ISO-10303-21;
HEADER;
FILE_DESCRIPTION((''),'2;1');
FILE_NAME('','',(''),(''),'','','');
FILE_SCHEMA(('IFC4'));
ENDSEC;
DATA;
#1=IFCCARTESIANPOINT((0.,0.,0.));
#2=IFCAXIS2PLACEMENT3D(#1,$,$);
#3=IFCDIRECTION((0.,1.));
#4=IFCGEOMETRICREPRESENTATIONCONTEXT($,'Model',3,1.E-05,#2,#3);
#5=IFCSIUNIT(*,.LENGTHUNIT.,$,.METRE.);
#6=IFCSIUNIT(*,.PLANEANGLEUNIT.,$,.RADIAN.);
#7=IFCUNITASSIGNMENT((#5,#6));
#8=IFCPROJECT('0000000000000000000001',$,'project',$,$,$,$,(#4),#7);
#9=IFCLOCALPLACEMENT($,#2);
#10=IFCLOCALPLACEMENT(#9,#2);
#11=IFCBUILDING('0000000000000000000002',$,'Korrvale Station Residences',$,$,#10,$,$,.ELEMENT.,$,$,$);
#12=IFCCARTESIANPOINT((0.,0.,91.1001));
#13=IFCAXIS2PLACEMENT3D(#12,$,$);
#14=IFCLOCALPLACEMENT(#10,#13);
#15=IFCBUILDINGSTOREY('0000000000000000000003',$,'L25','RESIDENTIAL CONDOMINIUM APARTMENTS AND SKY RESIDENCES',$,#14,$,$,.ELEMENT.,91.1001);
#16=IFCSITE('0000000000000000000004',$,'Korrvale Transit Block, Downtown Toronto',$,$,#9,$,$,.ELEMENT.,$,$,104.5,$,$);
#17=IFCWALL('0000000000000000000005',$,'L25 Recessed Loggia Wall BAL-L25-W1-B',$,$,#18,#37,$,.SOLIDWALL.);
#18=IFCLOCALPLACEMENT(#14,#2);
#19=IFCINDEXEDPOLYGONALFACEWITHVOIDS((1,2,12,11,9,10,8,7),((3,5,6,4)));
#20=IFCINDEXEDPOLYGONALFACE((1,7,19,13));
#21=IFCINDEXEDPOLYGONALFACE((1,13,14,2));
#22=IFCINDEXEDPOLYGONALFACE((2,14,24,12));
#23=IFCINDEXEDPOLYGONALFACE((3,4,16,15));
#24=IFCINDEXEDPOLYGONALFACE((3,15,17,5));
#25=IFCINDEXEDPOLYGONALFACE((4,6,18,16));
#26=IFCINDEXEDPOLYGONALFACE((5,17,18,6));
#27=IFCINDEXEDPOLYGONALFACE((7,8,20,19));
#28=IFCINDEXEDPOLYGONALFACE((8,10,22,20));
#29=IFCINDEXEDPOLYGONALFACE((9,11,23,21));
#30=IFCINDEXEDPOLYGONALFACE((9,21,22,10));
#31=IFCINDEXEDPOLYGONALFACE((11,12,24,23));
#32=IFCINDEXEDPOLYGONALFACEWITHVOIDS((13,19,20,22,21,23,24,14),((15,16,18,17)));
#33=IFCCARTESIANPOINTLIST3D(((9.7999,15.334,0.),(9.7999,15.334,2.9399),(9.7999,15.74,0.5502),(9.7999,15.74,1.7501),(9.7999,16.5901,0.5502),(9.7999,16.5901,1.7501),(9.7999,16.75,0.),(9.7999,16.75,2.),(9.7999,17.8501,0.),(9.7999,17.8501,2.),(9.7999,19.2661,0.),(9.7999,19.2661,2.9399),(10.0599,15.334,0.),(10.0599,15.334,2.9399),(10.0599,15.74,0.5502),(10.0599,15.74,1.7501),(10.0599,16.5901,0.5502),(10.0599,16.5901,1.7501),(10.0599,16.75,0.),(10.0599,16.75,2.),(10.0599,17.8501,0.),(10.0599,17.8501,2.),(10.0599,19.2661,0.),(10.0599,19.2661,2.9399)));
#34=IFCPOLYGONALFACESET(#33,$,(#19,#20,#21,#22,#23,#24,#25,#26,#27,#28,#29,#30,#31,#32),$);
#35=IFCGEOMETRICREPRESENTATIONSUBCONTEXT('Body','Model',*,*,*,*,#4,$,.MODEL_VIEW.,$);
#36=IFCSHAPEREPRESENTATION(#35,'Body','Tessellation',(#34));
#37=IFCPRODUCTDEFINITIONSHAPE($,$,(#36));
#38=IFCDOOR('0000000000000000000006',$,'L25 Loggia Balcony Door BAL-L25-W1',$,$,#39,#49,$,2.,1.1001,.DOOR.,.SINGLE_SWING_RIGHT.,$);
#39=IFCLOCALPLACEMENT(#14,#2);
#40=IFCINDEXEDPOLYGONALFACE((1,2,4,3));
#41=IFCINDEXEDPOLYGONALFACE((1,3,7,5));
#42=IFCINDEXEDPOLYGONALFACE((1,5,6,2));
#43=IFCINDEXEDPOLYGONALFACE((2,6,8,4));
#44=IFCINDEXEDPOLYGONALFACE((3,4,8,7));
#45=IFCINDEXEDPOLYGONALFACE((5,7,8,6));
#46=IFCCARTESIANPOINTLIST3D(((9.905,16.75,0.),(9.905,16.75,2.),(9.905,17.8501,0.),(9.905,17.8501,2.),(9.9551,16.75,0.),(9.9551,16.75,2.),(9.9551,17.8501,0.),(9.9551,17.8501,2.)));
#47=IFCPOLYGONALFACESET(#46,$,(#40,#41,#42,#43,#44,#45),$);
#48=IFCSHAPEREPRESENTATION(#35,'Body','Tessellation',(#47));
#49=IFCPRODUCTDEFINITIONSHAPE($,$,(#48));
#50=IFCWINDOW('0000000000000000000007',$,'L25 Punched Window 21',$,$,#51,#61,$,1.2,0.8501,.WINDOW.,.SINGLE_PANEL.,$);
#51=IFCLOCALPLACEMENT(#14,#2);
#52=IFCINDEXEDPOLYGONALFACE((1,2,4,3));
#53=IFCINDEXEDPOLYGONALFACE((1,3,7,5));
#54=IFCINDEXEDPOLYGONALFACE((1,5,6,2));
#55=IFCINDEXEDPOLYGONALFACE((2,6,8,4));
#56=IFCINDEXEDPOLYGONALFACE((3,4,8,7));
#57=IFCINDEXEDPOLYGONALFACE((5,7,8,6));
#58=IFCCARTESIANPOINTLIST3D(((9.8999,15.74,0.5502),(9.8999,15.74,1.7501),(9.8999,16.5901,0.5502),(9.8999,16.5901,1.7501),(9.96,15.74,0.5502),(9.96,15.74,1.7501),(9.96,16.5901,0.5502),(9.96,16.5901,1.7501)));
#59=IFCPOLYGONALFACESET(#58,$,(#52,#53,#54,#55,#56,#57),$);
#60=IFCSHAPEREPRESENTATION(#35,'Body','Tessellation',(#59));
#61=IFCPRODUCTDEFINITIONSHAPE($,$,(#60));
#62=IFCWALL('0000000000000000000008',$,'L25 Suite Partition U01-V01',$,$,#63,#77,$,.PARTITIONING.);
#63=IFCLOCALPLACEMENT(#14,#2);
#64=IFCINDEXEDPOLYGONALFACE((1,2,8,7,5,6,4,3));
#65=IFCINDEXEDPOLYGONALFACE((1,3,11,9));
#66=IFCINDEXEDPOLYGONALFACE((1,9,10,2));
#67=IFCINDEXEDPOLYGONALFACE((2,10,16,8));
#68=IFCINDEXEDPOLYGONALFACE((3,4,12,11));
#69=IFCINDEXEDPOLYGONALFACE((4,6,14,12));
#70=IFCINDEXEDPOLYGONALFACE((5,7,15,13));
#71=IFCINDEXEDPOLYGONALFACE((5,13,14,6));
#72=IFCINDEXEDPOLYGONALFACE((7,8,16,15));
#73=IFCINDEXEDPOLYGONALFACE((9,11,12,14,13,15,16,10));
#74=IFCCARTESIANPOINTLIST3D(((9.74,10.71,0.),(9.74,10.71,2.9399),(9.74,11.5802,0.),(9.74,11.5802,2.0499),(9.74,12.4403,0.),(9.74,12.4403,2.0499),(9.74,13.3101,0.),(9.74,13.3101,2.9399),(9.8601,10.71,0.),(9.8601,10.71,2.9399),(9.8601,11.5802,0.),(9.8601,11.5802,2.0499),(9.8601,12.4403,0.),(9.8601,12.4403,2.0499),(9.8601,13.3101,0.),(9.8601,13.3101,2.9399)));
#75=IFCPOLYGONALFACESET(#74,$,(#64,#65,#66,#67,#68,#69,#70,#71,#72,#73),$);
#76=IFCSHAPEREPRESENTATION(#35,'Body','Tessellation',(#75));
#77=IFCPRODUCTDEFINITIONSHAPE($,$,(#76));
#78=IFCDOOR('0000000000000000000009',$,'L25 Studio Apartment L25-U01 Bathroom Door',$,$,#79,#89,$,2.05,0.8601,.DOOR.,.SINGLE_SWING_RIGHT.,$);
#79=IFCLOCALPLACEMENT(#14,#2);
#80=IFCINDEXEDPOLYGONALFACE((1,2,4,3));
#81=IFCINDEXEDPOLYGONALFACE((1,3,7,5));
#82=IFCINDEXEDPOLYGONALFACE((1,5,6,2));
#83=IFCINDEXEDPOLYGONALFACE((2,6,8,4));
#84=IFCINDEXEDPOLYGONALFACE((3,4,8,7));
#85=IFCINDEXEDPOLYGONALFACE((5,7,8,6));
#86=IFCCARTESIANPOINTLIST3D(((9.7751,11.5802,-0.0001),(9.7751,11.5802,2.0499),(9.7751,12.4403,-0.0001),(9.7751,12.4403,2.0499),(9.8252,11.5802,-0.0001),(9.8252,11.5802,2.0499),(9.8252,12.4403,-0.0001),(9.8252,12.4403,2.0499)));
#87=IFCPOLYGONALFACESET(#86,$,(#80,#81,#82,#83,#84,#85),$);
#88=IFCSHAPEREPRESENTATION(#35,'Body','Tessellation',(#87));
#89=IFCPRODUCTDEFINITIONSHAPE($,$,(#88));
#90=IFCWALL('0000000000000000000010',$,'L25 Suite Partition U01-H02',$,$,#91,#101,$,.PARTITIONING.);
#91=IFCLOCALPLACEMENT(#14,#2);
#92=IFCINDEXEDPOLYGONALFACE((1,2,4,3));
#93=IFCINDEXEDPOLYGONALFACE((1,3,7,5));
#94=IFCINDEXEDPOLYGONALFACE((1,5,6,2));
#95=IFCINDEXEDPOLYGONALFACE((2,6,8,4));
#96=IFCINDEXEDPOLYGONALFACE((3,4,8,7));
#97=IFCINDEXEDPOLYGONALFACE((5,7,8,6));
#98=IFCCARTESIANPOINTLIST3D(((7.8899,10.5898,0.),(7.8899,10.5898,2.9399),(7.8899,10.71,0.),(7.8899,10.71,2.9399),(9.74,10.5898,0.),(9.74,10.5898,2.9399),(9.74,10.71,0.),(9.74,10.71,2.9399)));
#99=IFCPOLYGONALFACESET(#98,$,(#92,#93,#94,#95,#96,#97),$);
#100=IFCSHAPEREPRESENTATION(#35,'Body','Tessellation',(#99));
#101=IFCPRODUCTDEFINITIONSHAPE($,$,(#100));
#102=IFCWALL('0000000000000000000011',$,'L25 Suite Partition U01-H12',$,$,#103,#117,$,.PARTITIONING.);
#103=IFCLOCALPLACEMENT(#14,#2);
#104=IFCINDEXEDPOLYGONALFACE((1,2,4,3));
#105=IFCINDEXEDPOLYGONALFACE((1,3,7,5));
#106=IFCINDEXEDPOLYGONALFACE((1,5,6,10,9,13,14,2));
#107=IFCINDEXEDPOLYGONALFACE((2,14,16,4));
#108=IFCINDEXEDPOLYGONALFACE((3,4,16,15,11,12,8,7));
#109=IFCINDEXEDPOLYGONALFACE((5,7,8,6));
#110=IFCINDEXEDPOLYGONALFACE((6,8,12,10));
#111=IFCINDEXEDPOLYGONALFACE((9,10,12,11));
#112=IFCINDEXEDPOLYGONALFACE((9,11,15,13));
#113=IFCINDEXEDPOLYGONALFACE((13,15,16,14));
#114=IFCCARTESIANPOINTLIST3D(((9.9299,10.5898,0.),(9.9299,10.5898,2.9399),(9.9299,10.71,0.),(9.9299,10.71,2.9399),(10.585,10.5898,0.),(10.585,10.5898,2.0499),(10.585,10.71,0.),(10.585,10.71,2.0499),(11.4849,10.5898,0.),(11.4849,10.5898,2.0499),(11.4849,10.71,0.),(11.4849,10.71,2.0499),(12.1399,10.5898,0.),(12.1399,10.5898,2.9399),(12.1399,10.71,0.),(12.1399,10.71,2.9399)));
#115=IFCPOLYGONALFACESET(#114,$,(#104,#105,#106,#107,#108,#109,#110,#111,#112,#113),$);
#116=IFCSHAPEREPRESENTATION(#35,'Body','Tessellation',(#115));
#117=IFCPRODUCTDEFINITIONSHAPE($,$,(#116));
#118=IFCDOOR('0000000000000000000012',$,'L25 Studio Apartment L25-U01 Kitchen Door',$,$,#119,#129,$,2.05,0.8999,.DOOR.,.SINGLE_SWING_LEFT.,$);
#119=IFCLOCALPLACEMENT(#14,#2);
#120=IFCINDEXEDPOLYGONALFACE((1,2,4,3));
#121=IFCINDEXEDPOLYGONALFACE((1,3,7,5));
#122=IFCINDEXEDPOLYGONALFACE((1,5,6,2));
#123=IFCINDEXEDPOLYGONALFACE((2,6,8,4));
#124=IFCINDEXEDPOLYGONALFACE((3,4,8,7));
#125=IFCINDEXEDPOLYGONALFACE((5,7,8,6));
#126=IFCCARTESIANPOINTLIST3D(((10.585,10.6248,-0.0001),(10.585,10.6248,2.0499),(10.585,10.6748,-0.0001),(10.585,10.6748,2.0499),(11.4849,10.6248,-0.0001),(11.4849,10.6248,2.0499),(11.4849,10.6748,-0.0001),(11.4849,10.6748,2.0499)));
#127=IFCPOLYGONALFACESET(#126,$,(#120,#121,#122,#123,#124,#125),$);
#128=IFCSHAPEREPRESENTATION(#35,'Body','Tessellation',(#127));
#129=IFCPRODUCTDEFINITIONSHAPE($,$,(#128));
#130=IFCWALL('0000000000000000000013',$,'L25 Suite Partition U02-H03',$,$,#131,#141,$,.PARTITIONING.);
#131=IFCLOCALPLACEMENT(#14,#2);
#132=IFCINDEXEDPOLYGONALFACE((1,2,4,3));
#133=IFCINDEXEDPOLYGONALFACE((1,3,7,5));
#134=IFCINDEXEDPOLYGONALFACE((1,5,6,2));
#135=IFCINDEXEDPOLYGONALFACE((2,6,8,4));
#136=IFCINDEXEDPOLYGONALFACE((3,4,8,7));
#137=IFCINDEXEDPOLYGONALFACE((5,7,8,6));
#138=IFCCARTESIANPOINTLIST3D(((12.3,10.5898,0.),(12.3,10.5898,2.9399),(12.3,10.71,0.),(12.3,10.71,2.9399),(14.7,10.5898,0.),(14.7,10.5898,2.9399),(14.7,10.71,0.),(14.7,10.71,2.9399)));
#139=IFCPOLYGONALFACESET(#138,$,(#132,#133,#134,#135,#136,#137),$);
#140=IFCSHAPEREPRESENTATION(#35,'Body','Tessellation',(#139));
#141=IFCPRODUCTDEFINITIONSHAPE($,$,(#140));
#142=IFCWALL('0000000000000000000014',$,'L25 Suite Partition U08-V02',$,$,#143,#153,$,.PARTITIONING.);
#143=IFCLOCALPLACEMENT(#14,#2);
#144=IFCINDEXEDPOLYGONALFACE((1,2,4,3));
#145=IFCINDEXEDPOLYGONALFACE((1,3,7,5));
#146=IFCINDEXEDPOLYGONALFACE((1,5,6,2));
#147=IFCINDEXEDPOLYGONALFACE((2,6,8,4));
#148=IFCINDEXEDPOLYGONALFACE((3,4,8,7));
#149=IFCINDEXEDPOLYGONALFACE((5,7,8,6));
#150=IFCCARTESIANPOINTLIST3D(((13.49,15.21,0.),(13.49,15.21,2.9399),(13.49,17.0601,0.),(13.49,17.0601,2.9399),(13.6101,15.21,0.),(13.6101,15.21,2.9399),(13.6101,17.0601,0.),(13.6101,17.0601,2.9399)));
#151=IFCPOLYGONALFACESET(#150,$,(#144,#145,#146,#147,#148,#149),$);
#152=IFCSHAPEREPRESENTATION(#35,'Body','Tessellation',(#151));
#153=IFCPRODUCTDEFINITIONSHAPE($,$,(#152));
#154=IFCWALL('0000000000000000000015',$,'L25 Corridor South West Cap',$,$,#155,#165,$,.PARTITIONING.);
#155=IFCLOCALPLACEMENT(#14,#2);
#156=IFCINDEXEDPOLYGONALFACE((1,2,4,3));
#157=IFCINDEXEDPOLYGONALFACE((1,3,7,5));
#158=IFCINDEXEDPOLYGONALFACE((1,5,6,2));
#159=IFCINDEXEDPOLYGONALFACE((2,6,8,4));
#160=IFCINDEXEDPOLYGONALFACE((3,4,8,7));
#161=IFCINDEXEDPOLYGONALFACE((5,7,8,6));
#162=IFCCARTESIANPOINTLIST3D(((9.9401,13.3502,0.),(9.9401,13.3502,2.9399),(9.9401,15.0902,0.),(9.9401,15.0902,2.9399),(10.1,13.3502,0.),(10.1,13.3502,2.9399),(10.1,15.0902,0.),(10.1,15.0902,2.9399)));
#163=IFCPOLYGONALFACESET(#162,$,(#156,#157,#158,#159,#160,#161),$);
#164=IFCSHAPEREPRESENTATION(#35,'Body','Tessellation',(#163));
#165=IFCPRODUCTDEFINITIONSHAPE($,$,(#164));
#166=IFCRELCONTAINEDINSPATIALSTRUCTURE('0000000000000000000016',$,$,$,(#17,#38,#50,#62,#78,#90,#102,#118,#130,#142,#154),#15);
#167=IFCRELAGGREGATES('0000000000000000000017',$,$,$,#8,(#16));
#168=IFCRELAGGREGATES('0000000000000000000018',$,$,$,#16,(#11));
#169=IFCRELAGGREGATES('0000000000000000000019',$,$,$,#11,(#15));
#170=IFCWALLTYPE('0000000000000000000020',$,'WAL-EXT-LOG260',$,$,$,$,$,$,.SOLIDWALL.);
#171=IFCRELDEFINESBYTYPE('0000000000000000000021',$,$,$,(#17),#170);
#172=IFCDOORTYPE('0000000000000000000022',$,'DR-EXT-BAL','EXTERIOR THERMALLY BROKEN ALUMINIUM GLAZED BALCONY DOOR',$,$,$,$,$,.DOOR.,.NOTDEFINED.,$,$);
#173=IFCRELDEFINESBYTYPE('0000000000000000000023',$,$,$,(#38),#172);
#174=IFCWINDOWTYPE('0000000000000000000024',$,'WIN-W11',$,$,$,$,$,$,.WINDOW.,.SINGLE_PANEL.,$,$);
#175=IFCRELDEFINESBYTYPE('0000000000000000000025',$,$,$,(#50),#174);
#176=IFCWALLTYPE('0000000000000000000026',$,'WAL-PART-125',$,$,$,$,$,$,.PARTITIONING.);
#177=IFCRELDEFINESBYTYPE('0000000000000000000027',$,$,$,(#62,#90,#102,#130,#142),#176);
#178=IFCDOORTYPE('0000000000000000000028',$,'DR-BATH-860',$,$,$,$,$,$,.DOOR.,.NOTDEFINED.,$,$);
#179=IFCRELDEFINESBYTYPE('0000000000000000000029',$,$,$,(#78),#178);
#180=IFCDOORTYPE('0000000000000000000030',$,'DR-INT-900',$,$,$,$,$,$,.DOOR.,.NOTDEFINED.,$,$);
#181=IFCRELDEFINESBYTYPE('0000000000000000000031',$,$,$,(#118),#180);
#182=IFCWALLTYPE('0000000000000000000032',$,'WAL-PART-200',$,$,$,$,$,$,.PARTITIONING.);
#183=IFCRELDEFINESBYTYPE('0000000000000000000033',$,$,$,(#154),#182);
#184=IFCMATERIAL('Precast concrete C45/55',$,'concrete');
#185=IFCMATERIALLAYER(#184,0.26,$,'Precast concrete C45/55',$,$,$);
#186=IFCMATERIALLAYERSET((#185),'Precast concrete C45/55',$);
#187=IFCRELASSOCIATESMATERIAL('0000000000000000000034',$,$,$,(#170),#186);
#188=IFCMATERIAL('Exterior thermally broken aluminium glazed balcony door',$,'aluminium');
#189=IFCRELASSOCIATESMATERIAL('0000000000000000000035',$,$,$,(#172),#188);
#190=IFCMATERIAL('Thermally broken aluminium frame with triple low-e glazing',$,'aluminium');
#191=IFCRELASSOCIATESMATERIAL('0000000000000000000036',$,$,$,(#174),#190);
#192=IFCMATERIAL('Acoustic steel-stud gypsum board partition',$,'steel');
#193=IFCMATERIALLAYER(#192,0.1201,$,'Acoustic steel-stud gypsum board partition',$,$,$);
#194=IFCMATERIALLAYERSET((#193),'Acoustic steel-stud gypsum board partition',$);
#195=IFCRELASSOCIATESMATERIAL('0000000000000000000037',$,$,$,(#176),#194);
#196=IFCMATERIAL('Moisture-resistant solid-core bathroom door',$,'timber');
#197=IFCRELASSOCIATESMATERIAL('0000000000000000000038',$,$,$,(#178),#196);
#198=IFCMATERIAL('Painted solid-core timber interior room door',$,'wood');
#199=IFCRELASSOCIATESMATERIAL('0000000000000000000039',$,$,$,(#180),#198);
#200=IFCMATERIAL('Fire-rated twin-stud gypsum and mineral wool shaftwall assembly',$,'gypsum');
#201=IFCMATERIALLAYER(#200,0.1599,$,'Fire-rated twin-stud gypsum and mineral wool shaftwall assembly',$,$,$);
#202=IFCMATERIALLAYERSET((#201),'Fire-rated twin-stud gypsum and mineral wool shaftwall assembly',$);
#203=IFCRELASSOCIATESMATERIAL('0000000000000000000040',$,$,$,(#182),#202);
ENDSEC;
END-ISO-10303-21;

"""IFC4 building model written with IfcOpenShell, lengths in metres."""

from ifc_helpers import new_model, si_unit, direction, frame, frame_2d, origin, place, context, subcontext, project, spatial, rectangle, extrude, material, layer, layer_set, type_object, element, fill, save


model = new_model("IFC4")

# Units and contexts
model_context = context("Model", 3, precision=1e-05, world=origin(), true_north=direction((0.0, 1.0)))
body_context = subcontext(model_context, "Body", "Model", "MODEL_VIEW")
ifc_project = project(units=[si_unit("LENGTHUNIT", "METRE"), si_unit("PLANEANGLEUNIT", "RADIAN")], contexts=[model_context])

# Site, building, storey
site_placement = place(None, origin())
site = spatial("IfcSite", under=ifc_project, at=site_placement, Name="Korrvale Transit Block, Downtown Toronto", CompositionType="ELEMENT", RefElevation=104.5)
building_placement = place(site_placement, origin())
building = spatial("IfcBuilding", under=site, at=building_placement, Name="Korrvale Station Residences", CompositionType="ELEMENT")
storey_placement = place(building_placement, frame((0.0, 0.0, 91.1001)))
storey = spatial("IfcBuildingStorey", under=building, at=storey_placement, Name="L25", Description="RESIDENTIAL CONDOMINIUM APARTMENTS AND SKY RESIDENCES", CompositionType="ELEMENT", Elevation=91.1001)

# Shared definitions
ifc_material_1 = material(Name="Precast concrete C45/55", Category="concrete")
ifc_layer_1 = layer(ifc_material_1, 0.26, Name="Precast concrete C45/55")
ifc_layer_set_1 = layer_set([ifc_layer_1], Name="Precast concrete C45/55")
wall_type_1 = type_object("IfcWallType", Name="WAL-EXT-LOG260", PredefinedType="SOLIDWALL", material=ifc_layer_set_1)

# Wall, openings, door, window
wall_1_placement = place(storey_placement, frame((9.9299, 15.334, 0.0), z_axis=(0.0, 0.0, 1.0), x_axis=(0.0, 1.0, 0.0)))
wall_1 = element("IfcWall", 1, at=wall_1_placement, inside=storey, type_object=wall_type_1, Name="L25 Recessed Loggia Wall BAL-L25-W1-B", PredefinedType="SOLIDWALL", context=body_context, shape_type="SweptSolid", body=[
    extrude(rectangle(XDim=3.9321, YDim=0.26, at=frame_2d((1.9661, 0.0))), origin(), (0.0, 0.0, 1.0), 2.9399),
])
opening_1_placement = place(wall_1_placement, frame((1.416, 0.0, 0.0)))
opening_1 = element("IfcOpeningElement", 2, at=opening_1_placement, cuts=wall_1, PredefinedType="OPENING", context=body_context, shape_type="SweptSolid", body=[
    extrude(rectangle(XDim=1.1001, YDim=2.0, at=frame_2d((0.55, 1.0))), frame((0.0, 0.1401, 0.0), z_axis=(0.0, -1.0, 0.0), x_axis=(1.0, 0.0, 0.0)), (0.0, 0.0, 1.0), 0.28),
])
opening_2_placement = place(wall_1_placement, frame((0.406, 0.0, 0.55)))
opening_2 = element("IfcOpeningElement", 3, at=opening_2_placement, cuts=wall_1, PredefinedType="OPENING", context=body_context, shape_type="SweptSolid", body=[
    extrude(rectangle(XDim=0.8501, YDim=1.2, at=frame_2d((0.425, 0.6001))), frame((0.0, 0.1401, 0.0), z_axis=(0.0, -1.0, 0.0), x_axis=(1.0, 0.0, 0.0)), (0.0, 0.0, 1.0), 0.28),
])
ifc_material_2 = material(Name="Exterior thermally broken aluminium glazed balcony door", Category="aluminium")
door_type_1 = type_object("IfcDoorType", Name="DR-EXT-BAL", Description="EXTERIOR THERMALLY BROKEN ALUMINIUM GLAZED BALCONY DOOR", OperationType="NOTDEFINED", PredefinedType="DOOR", material=ifc_material_2)
door_1_placement = place(opening_1_placement, origin())
door_1 = element("IfcDoor", 4, at=door_1_placement, inside=storey, type_object=door_type_1, Name="L25 Loggia Balcony Door BAL-L25-W1", OperationType="SINGLE_SWING_RIGHT", OverallHeight=2.0, OverallWidth=1.1001, PredefinedType="DOOR", context=body_context, shape_type="SweptSolid", body=[
    extrude(rectangle(XDim=1.1001, YDim=2.0, at=frame_2d((0.55, 1.0))), frame((0.0, 0.0249, 0.0), z_axis=(0.0, -1.0, 0.0), x_axis=(1.0, 0.0, 0.0)), (0.0, 0.0, 1.0), 0.05),
])
fill(opening_1, door_1)
ifc_material_3 = material(Name="Thermally broken aluminium frame with triple low-e glazing", Category="aluminium")
window_type = type_object("IfcWindowType", Name="WIN-W11", PartitioningType="SINGLE_PANEL", PredefinedType="WINDOW", material=ifc_material_3)
window_placement = place(opening_2_placement, origin())
window = element("IfcWindow", 5, at=window_placement, inside=storey, type_object=window_type, Name="L25 Punched Window 21", OverallHeight=1.2, OverallWidth=0.8501, PartitioningType="SINGLE_PANEL", PredefinedType="WINDOW", context=body_context, shape_type="SweptSolid", body=[
    extrude(rectangle(XDim=0.8501, YDim=1.2, at=frame_2d((0.425, 0.6001))), frame((0.0, 0.03, 0.0), z_axis=(0.0, -1.0, 0.0), x_axis=(1.0, 0.0, 0.0)), (0.0, 0.0, 1.0), 0.0601),
])
fill(opening_2, window)

# Wall, opening, door
ifc_material_4 = material(Name="Acoustic steel-stud gypsum board partition", Category="steel")
ifc_layer_2 = layer(ifc_material_4, 0.1201, Name="Acoustic steel-stud gypsum board partition")
ifc_layer_set_2 = layer_set([ifc_layer_2], Name="Acoustic steel-stud gypsum board partition")
wall_type_2 = type_object("IfcWallType", Name="WAL-PART-125", PredefinedType="PARTITIONING", material=ifc_layer_set_2)
wall_2_placement = place(storey_placement, frame((9.8, 10.71, 0.0), z_axis=(0.0, 0.0, 1.0), x_axis=(0.0, 1.0, 0.0)))
wall_2 = element("IfcWall", 6, at=wall_2_placement, inside=storey, type_object=wall_type_2, Name="L25 Suite Partition U01-V01", PredefinedType="PARTITIONING", context=body_context, shape_type="SweptSolid", body=[
    extrude(rectangle(XDim=2.6001, YDim=0.1201, at=frame_2d((1.3, 0.0))), origin(), (0.0, 0.0, 1.0), 2.9399),
])
opening_3_placement = place(wall_2_placement, frame((0.8701, 0.0, 0.0)))
opening_3 = element("IfcOpeningElement", 7, at=opening_3_placement, cuts=wall_2, PredefinedType="OPENING", context=body_context, shape_type="SweptSolid", body=[
    extrude(rectangle(XDim=0.8601, YDim=2.05, at=frame_2d((0.4302, 1.0249))), frame((0.0, 0.0701, 0.0), z_axis=(0.0, -1.0, 0.0), x_axis=(1.0, 0.0, 0.0)), (0.0, 0.0, 1.0), 0.1401),
])
ifc_material_5 = material(Name="Moisture-resistant solid-core bathroom door", Category="timber")
door_type_2 = type_object("IfcDoorType", Name="DR-BATH-860", OperationType="NOTDEFINED", PredefinedType="DOOR", material=ifc_material_5)
door_2_placement = place(opening_3_placement, origin())
door_2 = element("IfcDoor", 8, at=door_2_placement, inside=storey, type_object=door_type_2, Name="L25 Studio Apartment L25-U01 Bathroom Door", OperationType="SINGLE_SWING_RIGHT", OverallHeight=2.05, OverallWidth=0.8601, PredefinedType="DOOR", context=body_context, shape_type="SweptSolid", body=[
    extrude(rectangle(XDim=0.8601, YDim=2.05, at=frame_2d((0.4302, 1.0249))), frame((0.0, 0.0249, 0.0), z_axis=(0.0, -1.0, 0.0), x_axis=(1.0, 0.0, 0.0)), (0.0, 0.0, 1.0), 0.05),
])
fill(opening_3, door_2)

# Wall
wall_3_placement = place(storey_placement, frame((7.8899, 10.6499, 0.0), z_axis=(0.0, 0.0, 1.0), x_axis=(1.0, 0.0, 0.0)))
element("IfcWall", 9, at=wall_3_placement, inside=storey, type_object=wall_type_2, Name="L25 Suite Partition U01-H02", PredefinedType="PARTITIONING", context=body_context, shape_type="SweptSolid", body=[
    extrude(rectangle(XDim=1.8501, YDim=0.1201, at=frame_2d((0.925, 0.0))), origin(), (0.0, 0.0, 1.0), 2.9399),
])

# Wall, opening, door
wall_4_placement = place(storey_placement, frame((9.9299, 10.6499, 0.0), z_axis=(0.0, 0.0, 1.0), x_axis=(1.0, 0.0, 0.0)))
wall_4 = element("IfcWall", 10, at=wall_4_placement, inside=storey, type_object=wall_type_2, Name="L25 Suite Partition U01-H12", PredefinedType="PARTITIONING", context=body_context, shape_type="SweptSolid", body=[
    extrude(rectangle(XDim=2.21, YDim=0.1201, at=frame_2d((1.105, 0.0))), origin(), (0.0, 0.0, 1.0), 2.9399),
])
opening_4_placement = place(wall_4_placement, frame((0.655, 0.0, 0.0)))
opening_4 = element("IfcOpeningElement", 11, at=opening_4_placement, cuts=wall_4, PredefinedType="OPENING", context=body_context, shape_type="SweptSolid", body=[
    extrude(rectangle(XDim=0.8999, YDim=2.05, at=frame_2d((0.45, 1.0249))), frame((0.0, 0.0701, 0.0), z_axis=(0.0, -1.0, 0.0), x_axis=(1.0, 0.0, 0.0)), (0.0, 0.0, 1.0), 0.1401),
])
ifc_material_6 = material(Name="Painted solid-core timber interior room door", Category="wood")
door_type_3 = type_object("IfcDoorType", Name="DR-INT-900", OperationType="NOTDEFINED", PredefinedType="DOOR", material=ifc_material_6)
door_3_placement = place(opening_4_placement, origin())
door_3 = element("IfcDoor", 12, at=door_3_placement, inside=storey, type_object=door_type_3, Name="L25 Studio Apartment L25-U01 Kitchen Door", OperationType="SINGLE_SWING_LEFT", OverallHeight=2.05, OverallWidth=0.8999, PredefinedType="DOOR", context=body_context, shape_type="SweptSolid", body=[
    extrude(rectangle(XDim=0.8999, YDim=2.05, at=frame_2d((0.45, 1.0249))), frame((0.0, 0.0249, 0.0), z_axis=(0.0, -1.0, 0.0), x_axis=(1.0, 0.0, 0.0)), (0.0, 0.0, 1.0), 0.05),
])
fill(opening_4, door_3)

# Walls
wall_5_placement = place(storey_placement, frame((12.3, 10.6499, 0.0), z_axis=(0.0, 0.0, 1.0), x_axis=(1.0, 0.0, 0.0)))
element("IfcWall", 13, at=wall_5_placement, inside=storey, type_object=wall_type_2, Name="L25 Suite Partition U02-H03", PredefinedType="PARTITIONING", context=body_context, shape_type="SweptSolid", body=[
    extrude(rectangle(XDim=2.3999, YDim=0.1201, at=frame_2d((1.2, 0.0))), origin(), (0.0, 0.0, 1.0), 2.9399),
])
wall_6_placement = place(storey_placement, frame((13.55, 15.21, 0.0), z_axis=(0.0, 0.0, 1.0), x_axis=(0.0, 1.0, 0.0)))
element("IfcWall", 14, at=wall_6_placement, inside=storey, type_object=wall_type_2, Name="L25 Suite Partition U08-V02", PredefinedType="PARTITIONING", context=body_context, shape_type="SweptSolid", body=[
    extrude(rectangle(XDim=1.8501, YDim=0.1201, at=frame_2d((0.925, 0.0))), origin(), (0.0, 0.0, 1.0), 2.9399),
])
ifc_material_7 = material(Name="Fire-rated twin-stud gypsum and mineral wool shaftwall assembly", Category="gypsum")
ifc_layer_3 = layer(ifc_material_7, 0.1599, Name="Fire-rated twin-stud gypsum and mineral wool shaftwall assembly")
ifc_layer_set_3 = layer_set([ifc_layer_3], Name="Fire-rated twin-stud gypsum and mineral wool shaftwall assembly")
wall_type_3 = type_object("IfcWallType", Name="WAL-PART-200", PredefinedType="PARTITIONING", material=ifc_layer_set_3)
wall_7_placement = place(storey_placement, frame((10.02, 13.3501, 0.0), z_axis=(0.0, 0.0, 1.0), x_axis=(0.0, 1.0, 0.0)))
element("IfcWall", 15, at=wall_7_placement, inside=storey, type_object=wall_type_3, Name="L25 Corridor South West Cap", PredefinedType="PARTITIONING", context=body_context, shape_type="SweptSolid", body=[
    extrude(rectangle(XDim=1.74, YDim=0.1599, at=frame_2d((0.8701, 0.0))), origin(), (0.0, 0.0, 1.0), 2.9399),
])

save(model, "model.ifc")
